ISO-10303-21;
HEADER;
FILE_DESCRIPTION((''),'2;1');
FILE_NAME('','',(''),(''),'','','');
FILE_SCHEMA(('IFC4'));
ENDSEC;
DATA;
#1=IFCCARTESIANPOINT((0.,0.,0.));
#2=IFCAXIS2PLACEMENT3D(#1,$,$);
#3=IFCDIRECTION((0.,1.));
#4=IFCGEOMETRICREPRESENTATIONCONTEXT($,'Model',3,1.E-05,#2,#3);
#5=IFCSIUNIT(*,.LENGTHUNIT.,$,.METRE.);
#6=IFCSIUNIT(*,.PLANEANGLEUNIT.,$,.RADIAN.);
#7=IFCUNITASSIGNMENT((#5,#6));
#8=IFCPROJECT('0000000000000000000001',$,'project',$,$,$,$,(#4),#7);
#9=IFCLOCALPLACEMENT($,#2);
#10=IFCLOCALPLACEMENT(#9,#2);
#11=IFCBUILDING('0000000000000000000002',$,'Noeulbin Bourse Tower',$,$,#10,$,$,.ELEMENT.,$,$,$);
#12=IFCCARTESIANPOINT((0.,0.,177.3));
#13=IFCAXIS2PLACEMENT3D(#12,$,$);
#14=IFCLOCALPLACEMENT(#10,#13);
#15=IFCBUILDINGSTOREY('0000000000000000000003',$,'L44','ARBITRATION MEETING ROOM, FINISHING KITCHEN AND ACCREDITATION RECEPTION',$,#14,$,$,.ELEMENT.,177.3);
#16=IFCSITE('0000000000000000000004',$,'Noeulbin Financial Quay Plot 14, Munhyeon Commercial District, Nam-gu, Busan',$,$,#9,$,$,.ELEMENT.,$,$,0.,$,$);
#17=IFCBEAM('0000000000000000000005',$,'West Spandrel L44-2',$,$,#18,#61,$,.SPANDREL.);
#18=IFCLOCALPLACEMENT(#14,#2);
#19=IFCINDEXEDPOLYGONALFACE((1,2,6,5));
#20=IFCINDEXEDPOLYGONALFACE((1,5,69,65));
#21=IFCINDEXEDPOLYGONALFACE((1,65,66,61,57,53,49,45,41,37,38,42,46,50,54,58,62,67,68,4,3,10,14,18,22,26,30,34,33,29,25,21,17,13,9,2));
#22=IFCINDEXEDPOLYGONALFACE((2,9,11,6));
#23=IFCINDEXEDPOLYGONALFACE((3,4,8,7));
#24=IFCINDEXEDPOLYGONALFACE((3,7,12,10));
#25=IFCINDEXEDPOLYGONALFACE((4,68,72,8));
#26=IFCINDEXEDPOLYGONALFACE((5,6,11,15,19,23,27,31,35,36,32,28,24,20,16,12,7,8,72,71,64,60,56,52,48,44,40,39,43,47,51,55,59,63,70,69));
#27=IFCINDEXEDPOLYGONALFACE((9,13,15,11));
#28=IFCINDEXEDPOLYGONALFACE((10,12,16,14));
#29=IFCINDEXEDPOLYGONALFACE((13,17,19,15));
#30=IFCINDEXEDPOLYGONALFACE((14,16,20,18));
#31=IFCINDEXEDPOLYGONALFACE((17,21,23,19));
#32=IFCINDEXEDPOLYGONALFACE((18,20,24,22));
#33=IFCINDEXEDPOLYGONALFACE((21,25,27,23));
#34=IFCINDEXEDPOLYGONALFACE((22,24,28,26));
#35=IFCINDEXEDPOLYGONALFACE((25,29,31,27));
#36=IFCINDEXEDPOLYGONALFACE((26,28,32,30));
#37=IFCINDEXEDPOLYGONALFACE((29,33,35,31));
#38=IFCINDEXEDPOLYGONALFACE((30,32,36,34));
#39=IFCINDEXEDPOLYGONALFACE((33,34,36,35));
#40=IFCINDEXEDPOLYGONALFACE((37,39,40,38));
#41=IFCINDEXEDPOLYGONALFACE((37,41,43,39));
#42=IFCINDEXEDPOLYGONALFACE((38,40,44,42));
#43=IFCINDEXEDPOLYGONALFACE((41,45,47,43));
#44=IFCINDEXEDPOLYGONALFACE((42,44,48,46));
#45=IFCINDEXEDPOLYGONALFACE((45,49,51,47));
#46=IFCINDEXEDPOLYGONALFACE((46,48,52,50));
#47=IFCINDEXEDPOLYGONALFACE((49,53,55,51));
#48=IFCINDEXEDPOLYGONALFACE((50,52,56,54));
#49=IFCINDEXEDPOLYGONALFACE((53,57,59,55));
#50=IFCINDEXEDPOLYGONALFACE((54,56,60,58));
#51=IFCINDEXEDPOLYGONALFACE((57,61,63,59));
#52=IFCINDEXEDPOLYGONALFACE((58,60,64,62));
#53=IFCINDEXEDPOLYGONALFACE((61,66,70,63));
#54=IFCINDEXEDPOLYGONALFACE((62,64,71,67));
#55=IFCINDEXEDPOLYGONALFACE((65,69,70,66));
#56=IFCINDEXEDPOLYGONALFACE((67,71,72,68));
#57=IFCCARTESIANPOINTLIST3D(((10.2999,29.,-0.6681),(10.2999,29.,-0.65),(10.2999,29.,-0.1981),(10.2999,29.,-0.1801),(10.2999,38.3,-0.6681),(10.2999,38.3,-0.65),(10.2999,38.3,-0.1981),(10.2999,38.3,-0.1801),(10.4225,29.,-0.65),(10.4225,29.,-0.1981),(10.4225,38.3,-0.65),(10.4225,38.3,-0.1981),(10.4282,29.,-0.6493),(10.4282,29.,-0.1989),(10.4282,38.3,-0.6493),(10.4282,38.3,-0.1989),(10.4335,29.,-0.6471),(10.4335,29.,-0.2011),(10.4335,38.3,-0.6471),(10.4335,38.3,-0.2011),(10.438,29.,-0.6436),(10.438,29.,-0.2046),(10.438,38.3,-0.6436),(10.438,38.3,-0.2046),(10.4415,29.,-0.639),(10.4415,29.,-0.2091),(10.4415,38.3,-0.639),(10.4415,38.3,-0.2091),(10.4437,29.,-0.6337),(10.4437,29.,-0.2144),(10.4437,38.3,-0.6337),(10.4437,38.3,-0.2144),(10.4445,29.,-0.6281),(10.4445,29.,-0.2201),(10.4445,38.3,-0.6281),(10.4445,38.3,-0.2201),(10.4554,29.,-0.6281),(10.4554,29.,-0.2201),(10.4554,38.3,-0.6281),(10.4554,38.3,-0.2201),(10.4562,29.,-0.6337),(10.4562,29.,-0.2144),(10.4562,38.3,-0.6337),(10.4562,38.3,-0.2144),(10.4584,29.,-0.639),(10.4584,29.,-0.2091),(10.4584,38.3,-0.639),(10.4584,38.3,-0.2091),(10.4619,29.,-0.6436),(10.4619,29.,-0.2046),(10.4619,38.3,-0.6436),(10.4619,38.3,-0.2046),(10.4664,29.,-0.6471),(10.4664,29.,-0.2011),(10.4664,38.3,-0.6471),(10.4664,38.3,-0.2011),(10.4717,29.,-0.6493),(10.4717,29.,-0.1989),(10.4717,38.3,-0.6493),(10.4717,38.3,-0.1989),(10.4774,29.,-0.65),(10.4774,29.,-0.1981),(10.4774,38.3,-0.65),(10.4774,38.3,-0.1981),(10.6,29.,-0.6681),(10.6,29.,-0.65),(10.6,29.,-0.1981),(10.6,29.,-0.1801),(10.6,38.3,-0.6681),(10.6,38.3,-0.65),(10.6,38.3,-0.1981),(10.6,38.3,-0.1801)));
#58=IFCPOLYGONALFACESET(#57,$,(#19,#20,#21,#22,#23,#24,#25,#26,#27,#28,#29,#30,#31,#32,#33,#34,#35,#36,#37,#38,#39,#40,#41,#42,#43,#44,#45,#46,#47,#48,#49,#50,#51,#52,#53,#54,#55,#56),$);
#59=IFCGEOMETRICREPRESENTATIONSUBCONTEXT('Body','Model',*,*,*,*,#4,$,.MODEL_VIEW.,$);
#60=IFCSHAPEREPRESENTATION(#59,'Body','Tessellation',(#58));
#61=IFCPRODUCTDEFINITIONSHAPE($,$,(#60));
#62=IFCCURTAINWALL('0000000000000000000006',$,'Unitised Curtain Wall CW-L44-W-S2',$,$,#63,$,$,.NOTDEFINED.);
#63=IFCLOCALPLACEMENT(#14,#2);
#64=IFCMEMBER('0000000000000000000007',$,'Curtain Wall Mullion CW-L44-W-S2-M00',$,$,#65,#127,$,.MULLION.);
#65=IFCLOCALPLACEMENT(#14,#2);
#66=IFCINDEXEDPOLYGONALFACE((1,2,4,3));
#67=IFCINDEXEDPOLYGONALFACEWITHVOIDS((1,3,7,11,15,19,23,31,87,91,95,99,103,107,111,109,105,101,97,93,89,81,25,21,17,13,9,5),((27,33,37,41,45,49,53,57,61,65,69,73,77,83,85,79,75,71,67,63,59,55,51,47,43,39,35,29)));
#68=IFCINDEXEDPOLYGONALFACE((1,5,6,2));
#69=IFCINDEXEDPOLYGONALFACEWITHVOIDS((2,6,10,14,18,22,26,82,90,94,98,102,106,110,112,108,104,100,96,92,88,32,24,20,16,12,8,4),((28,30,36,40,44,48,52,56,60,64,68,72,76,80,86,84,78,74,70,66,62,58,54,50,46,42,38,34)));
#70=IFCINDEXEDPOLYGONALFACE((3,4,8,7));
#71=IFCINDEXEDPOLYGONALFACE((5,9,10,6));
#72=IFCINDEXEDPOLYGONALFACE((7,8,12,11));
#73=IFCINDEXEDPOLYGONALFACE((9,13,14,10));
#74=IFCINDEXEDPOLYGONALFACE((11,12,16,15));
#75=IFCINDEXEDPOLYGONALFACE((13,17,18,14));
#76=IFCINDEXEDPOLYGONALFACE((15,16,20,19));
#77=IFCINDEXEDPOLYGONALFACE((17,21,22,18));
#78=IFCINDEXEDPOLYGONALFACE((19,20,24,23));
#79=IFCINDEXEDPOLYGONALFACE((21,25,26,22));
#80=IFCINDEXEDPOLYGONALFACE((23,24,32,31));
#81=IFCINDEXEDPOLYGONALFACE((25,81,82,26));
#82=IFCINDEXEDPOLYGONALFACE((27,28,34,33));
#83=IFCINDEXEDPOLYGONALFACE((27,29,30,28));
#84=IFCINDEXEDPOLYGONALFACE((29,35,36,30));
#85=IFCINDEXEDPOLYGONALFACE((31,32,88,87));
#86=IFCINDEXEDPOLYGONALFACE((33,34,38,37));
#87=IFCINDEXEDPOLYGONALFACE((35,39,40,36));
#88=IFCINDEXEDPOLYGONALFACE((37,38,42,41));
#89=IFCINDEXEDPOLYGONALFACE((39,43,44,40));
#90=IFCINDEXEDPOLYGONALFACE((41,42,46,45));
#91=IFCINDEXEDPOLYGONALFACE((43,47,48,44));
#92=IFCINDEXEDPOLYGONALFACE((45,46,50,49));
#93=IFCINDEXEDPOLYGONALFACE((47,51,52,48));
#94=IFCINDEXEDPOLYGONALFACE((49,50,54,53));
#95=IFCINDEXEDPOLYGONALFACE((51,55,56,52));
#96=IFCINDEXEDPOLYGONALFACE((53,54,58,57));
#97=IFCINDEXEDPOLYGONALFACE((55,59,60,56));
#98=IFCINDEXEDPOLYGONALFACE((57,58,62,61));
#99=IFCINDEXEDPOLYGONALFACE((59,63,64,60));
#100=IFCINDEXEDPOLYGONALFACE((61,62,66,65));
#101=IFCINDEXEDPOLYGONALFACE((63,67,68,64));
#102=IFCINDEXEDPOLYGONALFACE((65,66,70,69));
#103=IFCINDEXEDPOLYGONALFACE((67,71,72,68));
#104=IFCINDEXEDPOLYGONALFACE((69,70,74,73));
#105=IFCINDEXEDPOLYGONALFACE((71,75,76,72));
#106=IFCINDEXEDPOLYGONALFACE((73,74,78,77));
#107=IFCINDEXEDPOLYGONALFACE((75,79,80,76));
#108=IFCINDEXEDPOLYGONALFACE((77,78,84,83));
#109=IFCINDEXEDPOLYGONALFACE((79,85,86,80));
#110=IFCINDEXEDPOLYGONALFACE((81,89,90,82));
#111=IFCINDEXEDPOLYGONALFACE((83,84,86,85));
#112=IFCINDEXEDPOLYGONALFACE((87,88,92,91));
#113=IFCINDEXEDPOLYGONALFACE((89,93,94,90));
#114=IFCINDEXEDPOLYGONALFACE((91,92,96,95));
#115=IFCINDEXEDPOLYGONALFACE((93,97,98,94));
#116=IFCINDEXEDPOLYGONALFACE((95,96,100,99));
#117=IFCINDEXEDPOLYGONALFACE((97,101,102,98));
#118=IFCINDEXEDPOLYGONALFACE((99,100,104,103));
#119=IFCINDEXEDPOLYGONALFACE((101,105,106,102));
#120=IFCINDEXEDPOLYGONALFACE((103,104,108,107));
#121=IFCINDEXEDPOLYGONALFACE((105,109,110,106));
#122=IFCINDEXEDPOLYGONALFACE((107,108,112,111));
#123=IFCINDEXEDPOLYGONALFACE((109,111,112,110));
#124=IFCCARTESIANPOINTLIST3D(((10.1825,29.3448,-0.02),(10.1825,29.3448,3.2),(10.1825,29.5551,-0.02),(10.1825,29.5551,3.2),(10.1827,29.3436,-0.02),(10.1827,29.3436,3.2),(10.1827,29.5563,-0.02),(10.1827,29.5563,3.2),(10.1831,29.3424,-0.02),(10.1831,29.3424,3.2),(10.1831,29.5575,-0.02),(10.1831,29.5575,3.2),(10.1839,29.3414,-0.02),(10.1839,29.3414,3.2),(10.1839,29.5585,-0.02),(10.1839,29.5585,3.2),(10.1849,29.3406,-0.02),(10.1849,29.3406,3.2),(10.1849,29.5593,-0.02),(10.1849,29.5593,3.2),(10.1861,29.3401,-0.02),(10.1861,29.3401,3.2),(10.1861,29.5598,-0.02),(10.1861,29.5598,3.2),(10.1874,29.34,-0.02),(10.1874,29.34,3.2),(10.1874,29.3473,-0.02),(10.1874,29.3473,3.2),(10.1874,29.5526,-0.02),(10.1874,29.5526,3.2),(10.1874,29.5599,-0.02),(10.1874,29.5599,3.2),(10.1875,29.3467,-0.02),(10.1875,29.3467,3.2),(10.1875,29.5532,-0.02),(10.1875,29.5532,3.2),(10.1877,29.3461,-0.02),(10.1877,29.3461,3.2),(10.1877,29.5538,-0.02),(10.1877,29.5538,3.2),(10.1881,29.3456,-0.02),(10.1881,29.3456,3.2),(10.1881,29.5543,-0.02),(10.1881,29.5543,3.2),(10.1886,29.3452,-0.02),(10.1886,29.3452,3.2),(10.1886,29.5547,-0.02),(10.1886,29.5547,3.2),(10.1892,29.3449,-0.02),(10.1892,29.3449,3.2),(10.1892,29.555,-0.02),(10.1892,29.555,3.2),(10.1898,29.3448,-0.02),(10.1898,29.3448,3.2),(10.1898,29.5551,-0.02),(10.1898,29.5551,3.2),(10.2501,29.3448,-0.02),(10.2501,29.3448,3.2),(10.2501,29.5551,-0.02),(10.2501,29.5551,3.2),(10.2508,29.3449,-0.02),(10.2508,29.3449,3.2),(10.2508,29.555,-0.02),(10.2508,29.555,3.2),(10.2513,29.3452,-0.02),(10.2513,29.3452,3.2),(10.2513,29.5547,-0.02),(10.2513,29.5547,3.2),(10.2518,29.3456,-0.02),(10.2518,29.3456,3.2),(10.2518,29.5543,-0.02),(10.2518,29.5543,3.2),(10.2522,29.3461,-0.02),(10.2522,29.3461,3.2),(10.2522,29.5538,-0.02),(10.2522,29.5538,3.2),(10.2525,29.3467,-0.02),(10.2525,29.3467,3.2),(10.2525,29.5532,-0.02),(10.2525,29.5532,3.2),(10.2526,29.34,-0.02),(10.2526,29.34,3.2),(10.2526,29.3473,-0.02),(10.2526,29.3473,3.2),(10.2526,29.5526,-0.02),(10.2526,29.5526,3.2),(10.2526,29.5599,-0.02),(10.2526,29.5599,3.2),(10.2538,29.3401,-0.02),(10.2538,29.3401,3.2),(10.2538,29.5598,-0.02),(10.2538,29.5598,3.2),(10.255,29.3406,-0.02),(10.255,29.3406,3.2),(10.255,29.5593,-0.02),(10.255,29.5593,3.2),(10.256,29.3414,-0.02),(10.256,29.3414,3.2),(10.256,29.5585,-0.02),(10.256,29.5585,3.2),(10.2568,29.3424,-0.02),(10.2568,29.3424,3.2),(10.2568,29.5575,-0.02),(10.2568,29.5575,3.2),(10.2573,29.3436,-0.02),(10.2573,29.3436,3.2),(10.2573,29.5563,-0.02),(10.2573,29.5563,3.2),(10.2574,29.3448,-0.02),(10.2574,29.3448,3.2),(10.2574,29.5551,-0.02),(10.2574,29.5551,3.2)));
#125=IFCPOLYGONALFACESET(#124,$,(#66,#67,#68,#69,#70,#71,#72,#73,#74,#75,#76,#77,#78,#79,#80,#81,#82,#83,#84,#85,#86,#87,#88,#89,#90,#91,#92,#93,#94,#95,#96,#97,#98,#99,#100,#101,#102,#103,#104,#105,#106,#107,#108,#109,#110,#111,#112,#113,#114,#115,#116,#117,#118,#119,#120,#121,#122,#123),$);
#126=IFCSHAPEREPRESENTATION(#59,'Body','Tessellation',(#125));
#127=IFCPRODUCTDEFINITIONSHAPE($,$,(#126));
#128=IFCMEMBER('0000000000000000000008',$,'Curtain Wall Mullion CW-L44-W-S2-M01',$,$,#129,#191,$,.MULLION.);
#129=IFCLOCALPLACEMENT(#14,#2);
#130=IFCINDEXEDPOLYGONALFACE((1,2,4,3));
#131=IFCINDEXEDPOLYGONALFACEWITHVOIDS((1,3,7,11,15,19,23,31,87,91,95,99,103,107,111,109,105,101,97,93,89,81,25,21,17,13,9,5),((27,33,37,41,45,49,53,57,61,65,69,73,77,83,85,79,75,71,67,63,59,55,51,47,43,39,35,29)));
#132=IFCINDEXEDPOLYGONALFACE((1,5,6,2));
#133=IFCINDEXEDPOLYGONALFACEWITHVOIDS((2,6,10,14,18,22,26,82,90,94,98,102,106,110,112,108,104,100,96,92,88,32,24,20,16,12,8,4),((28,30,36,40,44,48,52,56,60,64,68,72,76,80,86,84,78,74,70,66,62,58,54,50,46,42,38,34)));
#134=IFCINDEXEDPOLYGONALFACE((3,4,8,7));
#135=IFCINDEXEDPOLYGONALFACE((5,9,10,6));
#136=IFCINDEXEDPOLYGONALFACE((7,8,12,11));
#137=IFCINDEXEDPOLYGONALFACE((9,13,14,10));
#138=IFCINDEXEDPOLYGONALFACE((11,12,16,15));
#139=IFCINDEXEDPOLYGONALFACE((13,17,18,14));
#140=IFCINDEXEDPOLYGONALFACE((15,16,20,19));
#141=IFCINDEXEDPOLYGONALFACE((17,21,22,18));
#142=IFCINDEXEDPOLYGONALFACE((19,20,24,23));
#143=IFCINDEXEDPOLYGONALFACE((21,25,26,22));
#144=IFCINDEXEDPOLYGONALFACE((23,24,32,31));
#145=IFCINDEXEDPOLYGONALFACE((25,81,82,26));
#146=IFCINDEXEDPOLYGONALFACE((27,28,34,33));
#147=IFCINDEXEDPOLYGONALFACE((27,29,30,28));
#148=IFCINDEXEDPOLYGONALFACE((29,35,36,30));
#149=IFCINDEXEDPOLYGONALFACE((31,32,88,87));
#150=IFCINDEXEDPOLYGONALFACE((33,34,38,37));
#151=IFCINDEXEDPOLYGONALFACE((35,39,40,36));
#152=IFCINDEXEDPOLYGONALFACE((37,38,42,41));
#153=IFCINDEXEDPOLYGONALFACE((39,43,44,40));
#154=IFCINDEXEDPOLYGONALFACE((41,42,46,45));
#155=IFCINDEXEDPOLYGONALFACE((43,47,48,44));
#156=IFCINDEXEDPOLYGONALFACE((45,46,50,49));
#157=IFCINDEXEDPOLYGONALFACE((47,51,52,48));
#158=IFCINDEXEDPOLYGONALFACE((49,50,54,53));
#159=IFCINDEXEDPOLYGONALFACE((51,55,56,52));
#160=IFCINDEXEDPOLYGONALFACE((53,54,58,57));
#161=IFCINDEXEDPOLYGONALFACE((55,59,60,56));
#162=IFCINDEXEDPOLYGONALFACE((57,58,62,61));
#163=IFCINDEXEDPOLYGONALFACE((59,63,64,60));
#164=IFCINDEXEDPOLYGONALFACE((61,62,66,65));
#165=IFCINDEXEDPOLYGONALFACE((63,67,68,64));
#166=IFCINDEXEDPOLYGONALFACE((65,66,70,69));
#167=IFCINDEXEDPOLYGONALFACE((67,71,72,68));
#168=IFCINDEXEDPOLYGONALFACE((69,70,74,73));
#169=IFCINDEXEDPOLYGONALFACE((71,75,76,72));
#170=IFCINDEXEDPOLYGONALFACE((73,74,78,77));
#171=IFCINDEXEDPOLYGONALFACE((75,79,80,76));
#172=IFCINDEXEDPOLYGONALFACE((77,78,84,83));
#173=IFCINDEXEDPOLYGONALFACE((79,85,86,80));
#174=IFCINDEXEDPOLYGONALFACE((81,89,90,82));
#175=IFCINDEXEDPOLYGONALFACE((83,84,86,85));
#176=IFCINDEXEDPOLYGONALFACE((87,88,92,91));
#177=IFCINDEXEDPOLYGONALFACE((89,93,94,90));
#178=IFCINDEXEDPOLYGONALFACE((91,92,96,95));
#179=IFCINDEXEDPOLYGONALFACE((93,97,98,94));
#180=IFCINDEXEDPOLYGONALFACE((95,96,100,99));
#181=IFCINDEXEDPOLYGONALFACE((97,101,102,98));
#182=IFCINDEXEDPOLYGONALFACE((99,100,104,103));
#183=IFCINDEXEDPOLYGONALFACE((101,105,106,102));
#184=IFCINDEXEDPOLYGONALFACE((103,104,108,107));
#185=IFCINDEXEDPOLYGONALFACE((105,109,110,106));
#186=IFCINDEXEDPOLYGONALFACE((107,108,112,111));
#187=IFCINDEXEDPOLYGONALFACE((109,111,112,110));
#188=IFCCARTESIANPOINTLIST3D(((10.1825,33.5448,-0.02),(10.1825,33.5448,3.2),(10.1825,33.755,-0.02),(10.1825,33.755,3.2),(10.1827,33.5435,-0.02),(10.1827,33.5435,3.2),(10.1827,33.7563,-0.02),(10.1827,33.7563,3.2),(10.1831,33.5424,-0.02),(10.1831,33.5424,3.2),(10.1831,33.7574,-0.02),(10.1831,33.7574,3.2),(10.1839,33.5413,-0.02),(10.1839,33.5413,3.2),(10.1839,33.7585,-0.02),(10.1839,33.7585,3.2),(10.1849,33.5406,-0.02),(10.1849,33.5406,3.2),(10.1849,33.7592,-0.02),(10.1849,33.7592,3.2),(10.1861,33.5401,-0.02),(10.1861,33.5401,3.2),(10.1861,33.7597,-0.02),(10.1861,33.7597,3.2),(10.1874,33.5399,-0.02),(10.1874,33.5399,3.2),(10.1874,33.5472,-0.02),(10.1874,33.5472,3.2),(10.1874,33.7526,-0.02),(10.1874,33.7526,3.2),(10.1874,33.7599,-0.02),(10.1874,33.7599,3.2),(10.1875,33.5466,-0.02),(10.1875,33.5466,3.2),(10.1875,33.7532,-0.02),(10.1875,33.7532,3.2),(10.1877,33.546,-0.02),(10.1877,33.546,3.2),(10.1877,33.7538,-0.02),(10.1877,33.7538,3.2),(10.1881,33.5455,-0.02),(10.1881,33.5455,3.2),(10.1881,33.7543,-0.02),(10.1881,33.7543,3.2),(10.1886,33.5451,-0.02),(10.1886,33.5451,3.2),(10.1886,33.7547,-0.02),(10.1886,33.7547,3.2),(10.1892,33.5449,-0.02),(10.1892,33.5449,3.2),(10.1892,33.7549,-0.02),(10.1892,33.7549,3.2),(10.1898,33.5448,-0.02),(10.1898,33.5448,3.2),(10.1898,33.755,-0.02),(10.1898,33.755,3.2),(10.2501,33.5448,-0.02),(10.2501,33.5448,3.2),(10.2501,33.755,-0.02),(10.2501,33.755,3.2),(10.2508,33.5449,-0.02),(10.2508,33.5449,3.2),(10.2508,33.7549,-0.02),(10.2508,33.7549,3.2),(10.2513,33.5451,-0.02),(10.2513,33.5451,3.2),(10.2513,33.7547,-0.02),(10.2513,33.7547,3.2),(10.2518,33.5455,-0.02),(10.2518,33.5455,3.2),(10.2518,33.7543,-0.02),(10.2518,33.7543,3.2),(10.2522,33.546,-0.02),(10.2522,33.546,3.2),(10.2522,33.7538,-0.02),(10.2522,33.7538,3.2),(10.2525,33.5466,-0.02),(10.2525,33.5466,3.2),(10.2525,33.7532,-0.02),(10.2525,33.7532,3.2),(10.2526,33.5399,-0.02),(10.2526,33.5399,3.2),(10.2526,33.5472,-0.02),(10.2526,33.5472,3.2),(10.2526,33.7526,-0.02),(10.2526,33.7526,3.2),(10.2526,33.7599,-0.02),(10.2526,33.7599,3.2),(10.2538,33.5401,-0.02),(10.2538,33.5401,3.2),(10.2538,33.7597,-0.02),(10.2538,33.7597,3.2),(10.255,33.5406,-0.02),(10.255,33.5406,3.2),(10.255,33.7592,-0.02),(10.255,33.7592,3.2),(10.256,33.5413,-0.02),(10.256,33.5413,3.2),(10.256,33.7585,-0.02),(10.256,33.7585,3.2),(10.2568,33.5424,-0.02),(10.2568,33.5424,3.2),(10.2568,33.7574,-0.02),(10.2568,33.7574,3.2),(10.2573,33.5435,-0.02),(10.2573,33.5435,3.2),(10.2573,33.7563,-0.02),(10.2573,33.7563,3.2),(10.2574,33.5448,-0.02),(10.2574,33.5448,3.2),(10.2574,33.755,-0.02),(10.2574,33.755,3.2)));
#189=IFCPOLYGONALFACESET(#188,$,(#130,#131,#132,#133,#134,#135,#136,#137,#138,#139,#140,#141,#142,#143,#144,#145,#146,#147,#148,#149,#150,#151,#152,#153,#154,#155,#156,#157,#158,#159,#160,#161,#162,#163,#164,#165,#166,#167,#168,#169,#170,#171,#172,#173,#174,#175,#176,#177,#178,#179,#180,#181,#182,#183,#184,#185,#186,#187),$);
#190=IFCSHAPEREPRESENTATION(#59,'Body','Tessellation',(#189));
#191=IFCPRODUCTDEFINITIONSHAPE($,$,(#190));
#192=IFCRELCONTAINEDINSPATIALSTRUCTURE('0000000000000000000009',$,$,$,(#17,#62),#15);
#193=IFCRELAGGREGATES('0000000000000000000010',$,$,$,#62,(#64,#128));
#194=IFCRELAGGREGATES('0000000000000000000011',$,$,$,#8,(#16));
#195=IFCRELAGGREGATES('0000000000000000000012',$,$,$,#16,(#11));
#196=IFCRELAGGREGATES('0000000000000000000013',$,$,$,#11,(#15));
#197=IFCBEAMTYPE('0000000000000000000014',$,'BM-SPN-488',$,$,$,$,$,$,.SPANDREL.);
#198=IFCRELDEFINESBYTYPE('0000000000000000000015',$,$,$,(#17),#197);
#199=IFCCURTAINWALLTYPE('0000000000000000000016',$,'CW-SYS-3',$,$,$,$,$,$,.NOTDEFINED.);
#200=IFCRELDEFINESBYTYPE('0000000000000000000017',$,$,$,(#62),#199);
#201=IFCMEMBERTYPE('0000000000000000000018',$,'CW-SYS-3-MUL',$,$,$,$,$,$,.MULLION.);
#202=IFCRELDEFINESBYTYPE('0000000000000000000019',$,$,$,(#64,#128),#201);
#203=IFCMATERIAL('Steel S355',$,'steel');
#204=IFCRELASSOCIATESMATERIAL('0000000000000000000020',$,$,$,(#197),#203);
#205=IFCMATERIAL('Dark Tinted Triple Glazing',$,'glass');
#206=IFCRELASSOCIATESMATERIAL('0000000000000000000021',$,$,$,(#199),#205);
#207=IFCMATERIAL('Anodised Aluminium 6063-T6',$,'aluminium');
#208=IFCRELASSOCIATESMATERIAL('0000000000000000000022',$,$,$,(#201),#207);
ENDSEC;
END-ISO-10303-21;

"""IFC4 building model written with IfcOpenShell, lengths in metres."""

from ifc_helpers import new_model, si_unit, direction, frame, origin, origin_2d, place, context, subcontext, project, spatial, hollow_rectangle, i_section, extrude, material, material_profile, profile_set, type_object, element, aggregate, save


model = new_model("IFC4")

# Units and contexts
model_context = context("Model", 3, precision=1e-05, world=origin(), true_north=direction((0.0, 1.0)))
body_context = subcontext(model_context, "Body", "Model", "MODEL_VIEW")
ifc_project = project(units=[si_unit("LENGTHUNIT", "METRE"), si_unit("PLANEANGLEUNIT", "RADIAN")], contexts=[model_context])

# Site, building, storey
site_placement = place(None, origin())
site = spatial("IfcSite", under=ifc_project, at=site_placement, Name="Noeulbin Financial Quay Plot 14, Munhyeon Commercial District, Nam-gu, Busan", CompositionType="ELEMENT", RefElevation=0.0)
building_placement = place(site_placement, origin())
building = spatial("IfcBuilding", under=site, at=building_placement, Name="Noeulbin Bourse Tower", CompositionType="ELEMENT")
storey_placement = place(building_placement, frame((0.0, 0.0, 177.3)))
storey = spatial("IfcBuildingStorey", under=building, at=storey_placement, Name="L44", Description="ARBITRATION MEETING ROOM, FINISHING KITCHEN AND ACCREDITATION RECEPTION", CompositionType="ELEMENT", Elevation=177.3)

# Beam
ifc_material_1 = material(Name="Steel S355", Category="steel")
ifc_material_profile_1 = material_profile(ifc_material_1, i_section(OverallWidth=0.3, OverallDepth=0.488, WebThickness=0.011, FlangeThickness=0.0181, FilletRadius=0.022, at=origin_2d()), Name="H-488x300x11x18", Category="LoadBearing")
ifc_profile_set_1 = profile_set([ifc_material_profile_1], Name="Steel S355")
beam_type_1 = type_object("IfcBeamType", Name="BM-SPN-488", PredefinedType="SPANDREL", material=ifc_profile_set_1)
beam_1_placement = place(storey_placement, frame((10.45, 29.0, -0.4241), z_axis=(0.0, 1.0, 0.0), x_axis=(-1.0, 0.0, 0.0)))
element("IfcBeam", 1, at=beam_1_placement, inside=storey, type_object=beam_type_1, Name="West Spandrel L44-2", PredefinedType="SPANDREL", context=body_context, shape_type="SweptSolid", body=[
    extrude(i_section(OverallWidth=0.3, OverallDepth=0.488, WebThickness=0.011, FlangeThickness=0.0181, FilletRadius=0.022, at=origin_2d()), origin(), (0.0, 0.0, 1.0), 9.3),
])

# Curtain wall, members
ifc_material_2 = material(Name="Dark Tinted Triple Glazing", Category="glass")
curtain_wall_type = type_object("IfcCurtainWallType", Name="CW-SYS-3", PredefinedType="NOTDEFINED", material=ifc_material_2)
curtain_wall_placement = place(storey_placement, origin())
curtain_wall = element("IfcCurtainWall", 2, at=curtain_wall_placement, inside=storey, type_object=curtain_wall_type, Name="Unitised Curtain Wall CW-L44-W-S2", PredefinedType="NOTDEFINED")
ifc_material_3 = material(Name="Anodised Aluminium 6063-T6", Category="aluminium")
ifc_material_profile_2 = material_profile(ifc_material_3, hollow_rectangle(XDim=0.075, YDim=0.22, WallThickness=0.0049, InnerFilletRadius=0.0024, OuterFilletRadius=0.0049, at=origin_2d()), Name="ALU-MULL-75x220x5", Category="LoadBearing")
ifc_profile_set_2 = profile_set([ifc_material_profile_2], Name="Anodised Aluminium 6063-T6")
member_type_1 = type_object("IfcMemberType", Name="CW-SYS-3-MUL", PredefinedType="MULLION", material=ifc_profile_set_2)
member_1_placement = place(storey_placement, frame((10.22, 29.45, -0.02), z_axis=(0.0, 0.0, 1.0), x_axis=(1.0, 0.0, 0.0)))
member_1 = element("IfcMember", 3, at=member_1_placement, type_object=member_type_1, Name="Curtain Wall Mullion CW-L44-W-S2-M00", PredefinedType="MULLION", context=body_context, shape_type="SweptSolid", body=[
    extrude(hollow_rectangle(XDim=0.075, YDim=0.22, WallThickness=0.0049, InnerFilletRadius=0.0024, OuterFilletRadius=0.0049, at=origin_2d()), origin(), (0.0, 0.0, 1.0), 3.22),
])
member_2_placement = place(storey_placement, frame((10.22, 33.6499, -0.02), z_axis=(0.0, 0.0, 1.0), x_axis=(1.0, 0.0, 0.0)))
member_2 = element("IfcMember", 4, at=member_2_placement, type_object=member_type_1, Name="Curtain Wall Mullion CW-L44-W-S2-M01", PredefinedType="MULLION", context=body_context, shape_type="SweptSolid", body=[
    extrude(hollow_rectangle(XDim=0.075, YDim=0.22, WallThickness=0.0049, InnerFilletRadius=0.0024, OuterFilletRadius=0.0049, at=origin_2d()), origin(), (0.0, 0.0, 1.0), 3.22),
])
aggregate(curtain_wall, [member_1, member_2])

save(model, "model.ifc")
